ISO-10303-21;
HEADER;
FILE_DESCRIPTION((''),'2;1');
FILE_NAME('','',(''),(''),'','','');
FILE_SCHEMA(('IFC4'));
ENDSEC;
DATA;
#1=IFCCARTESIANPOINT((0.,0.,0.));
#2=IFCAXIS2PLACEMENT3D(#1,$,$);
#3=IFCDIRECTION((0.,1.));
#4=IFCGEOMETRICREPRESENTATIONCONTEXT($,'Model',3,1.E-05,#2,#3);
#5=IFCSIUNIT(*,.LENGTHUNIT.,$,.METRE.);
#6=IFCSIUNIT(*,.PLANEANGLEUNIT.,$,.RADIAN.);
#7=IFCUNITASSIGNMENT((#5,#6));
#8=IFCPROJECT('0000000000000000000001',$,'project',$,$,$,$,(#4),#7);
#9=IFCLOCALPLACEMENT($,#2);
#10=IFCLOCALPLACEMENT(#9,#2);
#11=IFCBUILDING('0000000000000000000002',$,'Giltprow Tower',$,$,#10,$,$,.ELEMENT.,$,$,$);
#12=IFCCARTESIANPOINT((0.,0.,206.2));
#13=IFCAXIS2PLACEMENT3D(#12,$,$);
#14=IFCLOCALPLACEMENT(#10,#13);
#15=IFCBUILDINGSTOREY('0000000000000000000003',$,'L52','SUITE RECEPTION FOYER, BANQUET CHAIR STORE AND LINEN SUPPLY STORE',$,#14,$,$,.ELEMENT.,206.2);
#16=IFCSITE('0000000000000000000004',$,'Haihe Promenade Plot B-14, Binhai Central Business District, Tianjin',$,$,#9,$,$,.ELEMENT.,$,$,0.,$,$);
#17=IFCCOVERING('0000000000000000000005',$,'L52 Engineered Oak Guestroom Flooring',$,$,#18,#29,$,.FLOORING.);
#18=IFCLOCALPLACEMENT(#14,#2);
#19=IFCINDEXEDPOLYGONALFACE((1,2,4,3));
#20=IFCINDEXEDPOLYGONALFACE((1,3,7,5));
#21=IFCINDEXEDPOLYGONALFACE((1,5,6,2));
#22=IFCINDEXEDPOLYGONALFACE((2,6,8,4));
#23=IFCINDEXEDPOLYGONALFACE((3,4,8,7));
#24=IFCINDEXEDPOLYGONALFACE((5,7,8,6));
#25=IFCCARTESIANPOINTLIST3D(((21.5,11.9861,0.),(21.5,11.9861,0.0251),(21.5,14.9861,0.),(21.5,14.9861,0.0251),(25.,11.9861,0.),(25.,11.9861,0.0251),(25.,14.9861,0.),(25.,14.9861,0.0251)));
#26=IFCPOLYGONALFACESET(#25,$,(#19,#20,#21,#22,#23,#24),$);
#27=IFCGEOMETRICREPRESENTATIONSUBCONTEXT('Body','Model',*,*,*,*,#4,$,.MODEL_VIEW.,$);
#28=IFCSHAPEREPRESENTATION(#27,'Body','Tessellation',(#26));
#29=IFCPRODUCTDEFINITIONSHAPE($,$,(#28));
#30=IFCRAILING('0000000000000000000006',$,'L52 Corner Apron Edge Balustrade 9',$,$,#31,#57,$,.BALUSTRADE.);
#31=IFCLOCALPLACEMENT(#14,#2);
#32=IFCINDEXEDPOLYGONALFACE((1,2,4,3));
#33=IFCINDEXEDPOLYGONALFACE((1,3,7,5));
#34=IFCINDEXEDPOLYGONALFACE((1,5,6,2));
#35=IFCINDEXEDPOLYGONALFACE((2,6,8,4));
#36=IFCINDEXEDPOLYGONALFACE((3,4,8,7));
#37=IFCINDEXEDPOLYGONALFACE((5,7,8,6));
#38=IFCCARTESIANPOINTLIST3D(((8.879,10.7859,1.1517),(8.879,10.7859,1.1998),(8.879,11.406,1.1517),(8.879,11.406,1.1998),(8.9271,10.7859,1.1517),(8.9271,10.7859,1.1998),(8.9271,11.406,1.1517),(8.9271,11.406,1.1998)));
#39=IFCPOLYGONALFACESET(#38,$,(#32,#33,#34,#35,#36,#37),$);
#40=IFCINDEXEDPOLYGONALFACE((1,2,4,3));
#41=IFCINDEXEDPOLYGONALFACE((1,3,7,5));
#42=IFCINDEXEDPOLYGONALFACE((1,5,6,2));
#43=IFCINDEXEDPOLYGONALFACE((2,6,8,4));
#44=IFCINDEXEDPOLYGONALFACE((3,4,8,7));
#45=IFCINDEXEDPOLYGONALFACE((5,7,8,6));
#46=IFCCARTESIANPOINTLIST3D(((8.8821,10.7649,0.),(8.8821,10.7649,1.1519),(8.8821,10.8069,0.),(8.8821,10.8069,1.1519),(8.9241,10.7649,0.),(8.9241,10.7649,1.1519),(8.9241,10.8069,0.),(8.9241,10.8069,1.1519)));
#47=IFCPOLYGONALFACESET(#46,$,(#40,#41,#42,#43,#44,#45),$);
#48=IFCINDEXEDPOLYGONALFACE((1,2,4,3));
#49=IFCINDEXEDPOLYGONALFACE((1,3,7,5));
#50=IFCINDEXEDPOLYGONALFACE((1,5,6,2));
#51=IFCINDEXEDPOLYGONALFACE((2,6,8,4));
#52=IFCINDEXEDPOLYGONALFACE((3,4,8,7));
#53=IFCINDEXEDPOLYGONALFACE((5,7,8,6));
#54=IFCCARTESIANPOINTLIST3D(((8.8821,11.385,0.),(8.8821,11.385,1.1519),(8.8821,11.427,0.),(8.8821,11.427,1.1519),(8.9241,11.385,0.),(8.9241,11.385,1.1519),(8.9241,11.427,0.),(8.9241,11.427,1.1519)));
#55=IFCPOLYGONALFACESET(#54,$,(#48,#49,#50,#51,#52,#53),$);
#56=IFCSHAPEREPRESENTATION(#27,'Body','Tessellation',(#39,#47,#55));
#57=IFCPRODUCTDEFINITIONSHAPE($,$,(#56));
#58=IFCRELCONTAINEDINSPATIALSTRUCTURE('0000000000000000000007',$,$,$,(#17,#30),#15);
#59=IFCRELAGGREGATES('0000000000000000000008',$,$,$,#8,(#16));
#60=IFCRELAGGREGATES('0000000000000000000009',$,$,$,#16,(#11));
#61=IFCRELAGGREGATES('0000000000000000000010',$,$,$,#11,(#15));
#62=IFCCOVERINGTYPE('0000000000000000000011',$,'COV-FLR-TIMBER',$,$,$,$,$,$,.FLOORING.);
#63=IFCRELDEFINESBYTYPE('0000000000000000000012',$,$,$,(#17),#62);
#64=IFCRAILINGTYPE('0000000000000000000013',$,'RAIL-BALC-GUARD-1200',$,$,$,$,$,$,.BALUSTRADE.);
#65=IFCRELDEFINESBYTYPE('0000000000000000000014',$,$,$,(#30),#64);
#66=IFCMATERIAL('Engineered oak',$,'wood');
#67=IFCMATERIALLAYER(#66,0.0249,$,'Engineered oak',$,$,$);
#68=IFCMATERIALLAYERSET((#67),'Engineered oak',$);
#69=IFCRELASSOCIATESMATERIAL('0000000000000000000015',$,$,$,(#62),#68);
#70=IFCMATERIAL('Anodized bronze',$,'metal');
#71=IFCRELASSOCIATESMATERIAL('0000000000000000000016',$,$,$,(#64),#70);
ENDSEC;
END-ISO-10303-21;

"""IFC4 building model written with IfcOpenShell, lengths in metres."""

from ifc_helpers import new_model, si_unit, direction, frame, origin, origin_2d, place, context, subcontext, project, spatial, polyline, rectangle, outline, extrude, material, layer, layer_set, type_object, element, save


model = new_model("IFC4")

# Units and contexts
model_context = context("Model", 3, precision=1e-05, world=origin(), true_north=direction((0.0, 1.0)))
body_context = subcontext(model_context, "Body", "Model", "MODEL_VIEW")
ifc_project = project(units=[si_unit("LENGTHUNIT", "METRE"), si_unit("PLANEANGLEUNIT", "RADIAN")], contexts=[model_context])

# Site, building, storey
site_placement = place(None, origin())
site = spatial("IfcSite", under=ifc_project, at=site_placement, Name="Haihe Promenade Plot B-14, Binhai Central Business District, Tianjin", CompositionType="ELEMENT", RefElevation=0.0)
building_placement = place(site_placement, origin())
building = spatial("IfcBuilding", under=site, at=building_placement, Name="Giltprow Tower", CompositionType="ELEMENT")
storey_placement = place(building_placement, frame((0.0, 0.0, 206.2)))
storey = spatial("IfcBuildingStorey", under=building, at=storey_placement, Name="L52", Description="SUITE RECEPTION FOYER, BANQUET CHAIR STORE AND LINEN SUPPLY STORE", CompositionType="ELEMENT", Elevation=206.2)

# Shared definitions
ifc_material_1 = material(Name="Anodized bronze", Category="metal")

# Covering
ifc_material_2 = material(Name="Engineered oak", Category="wood")
ifc_layer_1 = layer(ifc_material_2, 0.0249, Name="Engineered oak")
ifc_layer_set_1 = layer_set([ifc_layer_1], Name="Engineered oak")
covering_type_1 = type_object("IfcCoveringType", Name="COV-FLR-TIMBER", PredefinedType="FLOORING", material=ifc_layer_set_1)
covering_1_placement = place(storey_placement, origin())
element("IfcCovering", 1, at=covering_1_placement, inside=storey, type_object=covering_type_1, Name="L52 Engineered Oak Guestroom Flooring", PredefinedType="FLOORING", context=body_context, shape_type="SweptSolid", body=[
    extrude(outline(polyline([(21.5, 11.9861), (25.0, 11.9861), (25.0, 14.9861), (21.5, 14.9861), (21.5, 11.9861)])), origin(), (0.0, 0.0, 1.0), 0.0251),
])

# Railing
railing_type = type_object("IfcRailingType", Name="RAIL-BALC-GUARD-1200", PredefinedType="BALUSTRADE", material=ifc_material_1)
railing_placement = place(storey_placement, frame((8.9031, 10.7859, 0.0)))
element("IfcRailing", 2, at=railing_placement, inside=storey, type_object=railing_type, Name="L52 Corner Apron Edge Balustrade 9", PredefinedType="BALUSTRADE", context=body_context, shape_type="SweptSolid", body=[
    extrude(rectangle(XDim=0.0481, YDim=0.0481, at=origin_2d()), frame((0.0, 0.0, 1.1758), z_axis=(0.0, 1.0, 0.0), x_axis=(-1.0, 0.0, 0.0)), (0.0, 0.0, 1.0), 0.6201),
    extrude(rectangle(XDim=0.042, YDim=0.042, at=origin_2d()), origin(), (0.0, 0.0, 1.0), 1.1519),
    extrude(rectangle(XDim=0.042, YDim=0.042, at=origin_2d()), frame((0.0, 0.6201, 0.0)), (0.0, 0.0, 1.0), 1.1519),
])

save(model, "model.ifc")
